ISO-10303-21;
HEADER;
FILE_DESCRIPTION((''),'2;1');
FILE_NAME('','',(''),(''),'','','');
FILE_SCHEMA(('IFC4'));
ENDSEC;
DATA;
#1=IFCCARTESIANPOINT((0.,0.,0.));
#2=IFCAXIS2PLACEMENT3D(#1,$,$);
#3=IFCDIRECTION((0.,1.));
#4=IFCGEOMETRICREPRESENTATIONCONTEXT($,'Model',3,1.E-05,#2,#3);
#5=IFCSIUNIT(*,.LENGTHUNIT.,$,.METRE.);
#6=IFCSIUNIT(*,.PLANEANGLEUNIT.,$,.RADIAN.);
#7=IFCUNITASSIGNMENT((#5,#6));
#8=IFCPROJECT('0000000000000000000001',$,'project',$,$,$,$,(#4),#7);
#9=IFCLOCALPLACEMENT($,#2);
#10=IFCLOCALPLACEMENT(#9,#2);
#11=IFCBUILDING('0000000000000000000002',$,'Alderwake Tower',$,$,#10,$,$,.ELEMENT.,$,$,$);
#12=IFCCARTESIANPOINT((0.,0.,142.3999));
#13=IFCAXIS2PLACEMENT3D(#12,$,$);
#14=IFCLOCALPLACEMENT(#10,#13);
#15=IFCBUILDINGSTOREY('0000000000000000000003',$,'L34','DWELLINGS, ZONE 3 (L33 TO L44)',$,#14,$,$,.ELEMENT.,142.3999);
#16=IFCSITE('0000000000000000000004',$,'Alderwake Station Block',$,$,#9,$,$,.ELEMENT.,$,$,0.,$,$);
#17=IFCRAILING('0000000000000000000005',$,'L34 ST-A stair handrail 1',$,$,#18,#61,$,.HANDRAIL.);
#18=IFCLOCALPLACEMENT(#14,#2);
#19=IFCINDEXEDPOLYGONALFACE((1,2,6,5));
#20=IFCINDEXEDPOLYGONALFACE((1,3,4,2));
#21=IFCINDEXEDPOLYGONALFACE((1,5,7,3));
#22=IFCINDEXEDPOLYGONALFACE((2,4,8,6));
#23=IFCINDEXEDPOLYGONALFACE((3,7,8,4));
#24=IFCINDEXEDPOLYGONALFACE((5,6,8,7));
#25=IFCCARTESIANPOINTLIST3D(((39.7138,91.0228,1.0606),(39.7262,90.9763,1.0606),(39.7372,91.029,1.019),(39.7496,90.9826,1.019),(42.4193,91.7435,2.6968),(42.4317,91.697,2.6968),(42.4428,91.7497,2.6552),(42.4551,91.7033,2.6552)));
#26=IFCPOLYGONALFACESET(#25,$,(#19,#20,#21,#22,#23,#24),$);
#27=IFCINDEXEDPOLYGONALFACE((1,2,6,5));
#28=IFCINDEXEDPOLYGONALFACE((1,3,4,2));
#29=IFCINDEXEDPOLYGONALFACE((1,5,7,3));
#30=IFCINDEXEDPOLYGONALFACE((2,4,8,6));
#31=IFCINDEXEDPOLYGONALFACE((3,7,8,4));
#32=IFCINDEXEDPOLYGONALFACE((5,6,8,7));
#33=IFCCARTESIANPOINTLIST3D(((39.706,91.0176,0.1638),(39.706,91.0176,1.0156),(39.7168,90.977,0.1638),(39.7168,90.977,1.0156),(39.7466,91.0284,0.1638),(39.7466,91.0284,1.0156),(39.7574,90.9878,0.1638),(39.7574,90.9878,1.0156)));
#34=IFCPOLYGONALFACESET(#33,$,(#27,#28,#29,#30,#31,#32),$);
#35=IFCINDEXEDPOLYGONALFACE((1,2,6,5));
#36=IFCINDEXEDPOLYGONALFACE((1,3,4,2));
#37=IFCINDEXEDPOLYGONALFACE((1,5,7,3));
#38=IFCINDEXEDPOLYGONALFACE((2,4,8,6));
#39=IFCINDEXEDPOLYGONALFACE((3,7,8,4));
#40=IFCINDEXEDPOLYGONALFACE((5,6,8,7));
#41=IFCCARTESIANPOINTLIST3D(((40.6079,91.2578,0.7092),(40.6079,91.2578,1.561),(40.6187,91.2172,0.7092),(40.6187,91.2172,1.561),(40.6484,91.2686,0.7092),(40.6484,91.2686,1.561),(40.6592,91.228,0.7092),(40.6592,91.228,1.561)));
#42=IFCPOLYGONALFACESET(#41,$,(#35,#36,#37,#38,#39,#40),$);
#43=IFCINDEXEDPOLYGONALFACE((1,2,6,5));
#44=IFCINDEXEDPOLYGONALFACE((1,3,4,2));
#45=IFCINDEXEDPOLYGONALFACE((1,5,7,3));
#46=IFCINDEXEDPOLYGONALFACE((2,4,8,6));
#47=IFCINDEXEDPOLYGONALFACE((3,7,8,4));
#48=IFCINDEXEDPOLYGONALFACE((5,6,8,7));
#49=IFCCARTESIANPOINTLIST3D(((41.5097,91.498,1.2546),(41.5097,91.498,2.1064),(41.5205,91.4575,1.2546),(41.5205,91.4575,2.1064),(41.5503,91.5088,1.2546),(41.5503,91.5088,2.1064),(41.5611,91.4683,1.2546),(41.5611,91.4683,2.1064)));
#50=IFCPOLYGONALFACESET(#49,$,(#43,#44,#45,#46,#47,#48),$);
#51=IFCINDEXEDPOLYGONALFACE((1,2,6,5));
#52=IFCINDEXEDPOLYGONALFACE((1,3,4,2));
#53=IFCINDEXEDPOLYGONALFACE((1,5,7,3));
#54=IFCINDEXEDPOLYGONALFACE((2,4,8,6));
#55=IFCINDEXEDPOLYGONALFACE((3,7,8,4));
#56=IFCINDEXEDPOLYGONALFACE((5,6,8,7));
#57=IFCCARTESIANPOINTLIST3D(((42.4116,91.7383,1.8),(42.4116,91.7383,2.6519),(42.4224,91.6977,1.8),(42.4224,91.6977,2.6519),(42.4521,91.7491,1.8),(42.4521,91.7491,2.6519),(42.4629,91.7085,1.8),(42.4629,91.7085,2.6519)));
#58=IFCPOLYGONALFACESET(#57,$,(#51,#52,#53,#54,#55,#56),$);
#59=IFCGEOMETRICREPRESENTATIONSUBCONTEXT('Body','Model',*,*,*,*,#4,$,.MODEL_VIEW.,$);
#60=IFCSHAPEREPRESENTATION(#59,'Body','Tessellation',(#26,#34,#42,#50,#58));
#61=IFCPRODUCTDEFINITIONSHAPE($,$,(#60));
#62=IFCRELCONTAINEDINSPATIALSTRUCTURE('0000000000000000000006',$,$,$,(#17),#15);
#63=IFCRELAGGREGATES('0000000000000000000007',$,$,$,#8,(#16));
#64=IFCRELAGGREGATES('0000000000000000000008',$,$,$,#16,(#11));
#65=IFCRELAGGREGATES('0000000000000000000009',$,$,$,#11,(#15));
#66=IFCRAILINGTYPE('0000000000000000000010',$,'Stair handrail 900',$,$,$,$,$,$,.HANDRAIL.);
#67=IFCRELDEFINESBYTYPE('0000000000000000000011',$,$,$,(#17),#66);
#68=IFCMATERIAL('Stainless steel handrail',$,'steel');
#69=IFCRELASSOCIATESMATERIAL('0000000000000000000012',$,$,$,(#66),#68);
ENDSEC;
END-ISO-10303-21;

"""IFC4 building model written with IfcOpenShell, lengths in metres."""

from ifc_helpers import new_model, si_unit, direction, frame, origin, origin_2d, place, context, subcontext, project, spatial, rectangle, extrude, material, type_object, element, save


model = new_model("IFC4")

# Units and contexts
model_context = context("Model", 3, precision=1e-05, world=origin(), true_north=direction((0.0, 1.0)))
body_context = subcontext(model_context, "Body", "Model", "MODEL_VIEW")
ifc_project = project(units=[si_unit("LENGTHUNIT", "METRE"), si_unit("PLANEANGLEUNIT", "RADIAN")], contexts=[model_context])

# Site, building, storey
site_placement = place(None, origin())
site = spatial("IfcSite", under=ifc_project, at=site_placement, Name="Alderwake Station Block", CompositionType="ELEMENT", RefElevation=0.0)
building_placement = place(site_placement, origin())
building = spatial("IfcBuilding", under=site, at=building_placement, Name="Alderwake Tower", CompositionType="ELEMENT")
storey_placement = place(building_placement, frame((0.0, 0.0, 142.3999)))
storey = spatial("IfcBuildingStorey", under=building, at=storey_placement, Name="L34", Description="DWELLINGS, ZONE 3 (L33 TO L44)", CompositionType="ELEMENT", Elevation=142.3999)

# Railing
ifc_material_1 = material(Name="Stainless steel handrail", Category="steel")
railing_type = type_object("IfcRailingType", Name="Stair handrail 900", PredefinedType="HANDRAIL", material=ifc_material_1)
railing_placement = place(storey_placement, frame((39.7317, 91.0027, 0.1638)))
element("IfcRailing", 1, at=railing_placement, inside=storey, type_object=railing_type, Name="L34 ST-A stair handrail 1", PredefinedType="HANDRAIL", context=body_context, shape_type="SweptSolid", body=[
    extrude(rectangle(XDim=0.0481, YDim=0.0481, at=origin_2d()), frame((0.0, 0.0, 0.876), z_axis=(0.834291, 0.222237, 0.504549), x_axis=(-0.257402, 0.966304, 0.0)), (0.0, 0.0, 1.0), 3.2429),
    extrude(rectangle(XDim=0.042, YDim=0.042, at=origin_2d()), frame((0.0, 0.0, 0.0), z_axis=(0.0, 0.0, 1.0), x_axis=(0.966304, 0.257402, 0.0)), (0.0, 0.0, 1.0), 0.8518),
    extrude(rectangle(XDim=0.042, YDim=0.042, at=origin_2d()), frame((0.9019, 0.2402, 0.5454), z_axis=(0.0, 0.0, 1.0), x_axis=(0.966304, 0.257402, 0.0)), (0.0, 0.0, 1.0), 0.8518),
    extrude(rectangle(XDim=0.042, YDim=0.042, at=origin_2d()), frame((1.8037, 0.4805, 1.0908), z_axis=(0.0, 0.0, 1.0), x_axis=(0.966304, 0.257402, 0.0)), (0.0, 0.0, 1.0), 0.8518),
    extrude(rectangle(XDim=0.042, YDim=0.042, at=origin_2d()), frame((2.7056, 0.7207, 1.6362), z_axis=(0.0, 0.0, 1.0), x_axis=(0.966304, 0.257402, 0.0)), (0.0, 0.0, 1.0), 0.8518),
])

save(model, "model.ifc")
